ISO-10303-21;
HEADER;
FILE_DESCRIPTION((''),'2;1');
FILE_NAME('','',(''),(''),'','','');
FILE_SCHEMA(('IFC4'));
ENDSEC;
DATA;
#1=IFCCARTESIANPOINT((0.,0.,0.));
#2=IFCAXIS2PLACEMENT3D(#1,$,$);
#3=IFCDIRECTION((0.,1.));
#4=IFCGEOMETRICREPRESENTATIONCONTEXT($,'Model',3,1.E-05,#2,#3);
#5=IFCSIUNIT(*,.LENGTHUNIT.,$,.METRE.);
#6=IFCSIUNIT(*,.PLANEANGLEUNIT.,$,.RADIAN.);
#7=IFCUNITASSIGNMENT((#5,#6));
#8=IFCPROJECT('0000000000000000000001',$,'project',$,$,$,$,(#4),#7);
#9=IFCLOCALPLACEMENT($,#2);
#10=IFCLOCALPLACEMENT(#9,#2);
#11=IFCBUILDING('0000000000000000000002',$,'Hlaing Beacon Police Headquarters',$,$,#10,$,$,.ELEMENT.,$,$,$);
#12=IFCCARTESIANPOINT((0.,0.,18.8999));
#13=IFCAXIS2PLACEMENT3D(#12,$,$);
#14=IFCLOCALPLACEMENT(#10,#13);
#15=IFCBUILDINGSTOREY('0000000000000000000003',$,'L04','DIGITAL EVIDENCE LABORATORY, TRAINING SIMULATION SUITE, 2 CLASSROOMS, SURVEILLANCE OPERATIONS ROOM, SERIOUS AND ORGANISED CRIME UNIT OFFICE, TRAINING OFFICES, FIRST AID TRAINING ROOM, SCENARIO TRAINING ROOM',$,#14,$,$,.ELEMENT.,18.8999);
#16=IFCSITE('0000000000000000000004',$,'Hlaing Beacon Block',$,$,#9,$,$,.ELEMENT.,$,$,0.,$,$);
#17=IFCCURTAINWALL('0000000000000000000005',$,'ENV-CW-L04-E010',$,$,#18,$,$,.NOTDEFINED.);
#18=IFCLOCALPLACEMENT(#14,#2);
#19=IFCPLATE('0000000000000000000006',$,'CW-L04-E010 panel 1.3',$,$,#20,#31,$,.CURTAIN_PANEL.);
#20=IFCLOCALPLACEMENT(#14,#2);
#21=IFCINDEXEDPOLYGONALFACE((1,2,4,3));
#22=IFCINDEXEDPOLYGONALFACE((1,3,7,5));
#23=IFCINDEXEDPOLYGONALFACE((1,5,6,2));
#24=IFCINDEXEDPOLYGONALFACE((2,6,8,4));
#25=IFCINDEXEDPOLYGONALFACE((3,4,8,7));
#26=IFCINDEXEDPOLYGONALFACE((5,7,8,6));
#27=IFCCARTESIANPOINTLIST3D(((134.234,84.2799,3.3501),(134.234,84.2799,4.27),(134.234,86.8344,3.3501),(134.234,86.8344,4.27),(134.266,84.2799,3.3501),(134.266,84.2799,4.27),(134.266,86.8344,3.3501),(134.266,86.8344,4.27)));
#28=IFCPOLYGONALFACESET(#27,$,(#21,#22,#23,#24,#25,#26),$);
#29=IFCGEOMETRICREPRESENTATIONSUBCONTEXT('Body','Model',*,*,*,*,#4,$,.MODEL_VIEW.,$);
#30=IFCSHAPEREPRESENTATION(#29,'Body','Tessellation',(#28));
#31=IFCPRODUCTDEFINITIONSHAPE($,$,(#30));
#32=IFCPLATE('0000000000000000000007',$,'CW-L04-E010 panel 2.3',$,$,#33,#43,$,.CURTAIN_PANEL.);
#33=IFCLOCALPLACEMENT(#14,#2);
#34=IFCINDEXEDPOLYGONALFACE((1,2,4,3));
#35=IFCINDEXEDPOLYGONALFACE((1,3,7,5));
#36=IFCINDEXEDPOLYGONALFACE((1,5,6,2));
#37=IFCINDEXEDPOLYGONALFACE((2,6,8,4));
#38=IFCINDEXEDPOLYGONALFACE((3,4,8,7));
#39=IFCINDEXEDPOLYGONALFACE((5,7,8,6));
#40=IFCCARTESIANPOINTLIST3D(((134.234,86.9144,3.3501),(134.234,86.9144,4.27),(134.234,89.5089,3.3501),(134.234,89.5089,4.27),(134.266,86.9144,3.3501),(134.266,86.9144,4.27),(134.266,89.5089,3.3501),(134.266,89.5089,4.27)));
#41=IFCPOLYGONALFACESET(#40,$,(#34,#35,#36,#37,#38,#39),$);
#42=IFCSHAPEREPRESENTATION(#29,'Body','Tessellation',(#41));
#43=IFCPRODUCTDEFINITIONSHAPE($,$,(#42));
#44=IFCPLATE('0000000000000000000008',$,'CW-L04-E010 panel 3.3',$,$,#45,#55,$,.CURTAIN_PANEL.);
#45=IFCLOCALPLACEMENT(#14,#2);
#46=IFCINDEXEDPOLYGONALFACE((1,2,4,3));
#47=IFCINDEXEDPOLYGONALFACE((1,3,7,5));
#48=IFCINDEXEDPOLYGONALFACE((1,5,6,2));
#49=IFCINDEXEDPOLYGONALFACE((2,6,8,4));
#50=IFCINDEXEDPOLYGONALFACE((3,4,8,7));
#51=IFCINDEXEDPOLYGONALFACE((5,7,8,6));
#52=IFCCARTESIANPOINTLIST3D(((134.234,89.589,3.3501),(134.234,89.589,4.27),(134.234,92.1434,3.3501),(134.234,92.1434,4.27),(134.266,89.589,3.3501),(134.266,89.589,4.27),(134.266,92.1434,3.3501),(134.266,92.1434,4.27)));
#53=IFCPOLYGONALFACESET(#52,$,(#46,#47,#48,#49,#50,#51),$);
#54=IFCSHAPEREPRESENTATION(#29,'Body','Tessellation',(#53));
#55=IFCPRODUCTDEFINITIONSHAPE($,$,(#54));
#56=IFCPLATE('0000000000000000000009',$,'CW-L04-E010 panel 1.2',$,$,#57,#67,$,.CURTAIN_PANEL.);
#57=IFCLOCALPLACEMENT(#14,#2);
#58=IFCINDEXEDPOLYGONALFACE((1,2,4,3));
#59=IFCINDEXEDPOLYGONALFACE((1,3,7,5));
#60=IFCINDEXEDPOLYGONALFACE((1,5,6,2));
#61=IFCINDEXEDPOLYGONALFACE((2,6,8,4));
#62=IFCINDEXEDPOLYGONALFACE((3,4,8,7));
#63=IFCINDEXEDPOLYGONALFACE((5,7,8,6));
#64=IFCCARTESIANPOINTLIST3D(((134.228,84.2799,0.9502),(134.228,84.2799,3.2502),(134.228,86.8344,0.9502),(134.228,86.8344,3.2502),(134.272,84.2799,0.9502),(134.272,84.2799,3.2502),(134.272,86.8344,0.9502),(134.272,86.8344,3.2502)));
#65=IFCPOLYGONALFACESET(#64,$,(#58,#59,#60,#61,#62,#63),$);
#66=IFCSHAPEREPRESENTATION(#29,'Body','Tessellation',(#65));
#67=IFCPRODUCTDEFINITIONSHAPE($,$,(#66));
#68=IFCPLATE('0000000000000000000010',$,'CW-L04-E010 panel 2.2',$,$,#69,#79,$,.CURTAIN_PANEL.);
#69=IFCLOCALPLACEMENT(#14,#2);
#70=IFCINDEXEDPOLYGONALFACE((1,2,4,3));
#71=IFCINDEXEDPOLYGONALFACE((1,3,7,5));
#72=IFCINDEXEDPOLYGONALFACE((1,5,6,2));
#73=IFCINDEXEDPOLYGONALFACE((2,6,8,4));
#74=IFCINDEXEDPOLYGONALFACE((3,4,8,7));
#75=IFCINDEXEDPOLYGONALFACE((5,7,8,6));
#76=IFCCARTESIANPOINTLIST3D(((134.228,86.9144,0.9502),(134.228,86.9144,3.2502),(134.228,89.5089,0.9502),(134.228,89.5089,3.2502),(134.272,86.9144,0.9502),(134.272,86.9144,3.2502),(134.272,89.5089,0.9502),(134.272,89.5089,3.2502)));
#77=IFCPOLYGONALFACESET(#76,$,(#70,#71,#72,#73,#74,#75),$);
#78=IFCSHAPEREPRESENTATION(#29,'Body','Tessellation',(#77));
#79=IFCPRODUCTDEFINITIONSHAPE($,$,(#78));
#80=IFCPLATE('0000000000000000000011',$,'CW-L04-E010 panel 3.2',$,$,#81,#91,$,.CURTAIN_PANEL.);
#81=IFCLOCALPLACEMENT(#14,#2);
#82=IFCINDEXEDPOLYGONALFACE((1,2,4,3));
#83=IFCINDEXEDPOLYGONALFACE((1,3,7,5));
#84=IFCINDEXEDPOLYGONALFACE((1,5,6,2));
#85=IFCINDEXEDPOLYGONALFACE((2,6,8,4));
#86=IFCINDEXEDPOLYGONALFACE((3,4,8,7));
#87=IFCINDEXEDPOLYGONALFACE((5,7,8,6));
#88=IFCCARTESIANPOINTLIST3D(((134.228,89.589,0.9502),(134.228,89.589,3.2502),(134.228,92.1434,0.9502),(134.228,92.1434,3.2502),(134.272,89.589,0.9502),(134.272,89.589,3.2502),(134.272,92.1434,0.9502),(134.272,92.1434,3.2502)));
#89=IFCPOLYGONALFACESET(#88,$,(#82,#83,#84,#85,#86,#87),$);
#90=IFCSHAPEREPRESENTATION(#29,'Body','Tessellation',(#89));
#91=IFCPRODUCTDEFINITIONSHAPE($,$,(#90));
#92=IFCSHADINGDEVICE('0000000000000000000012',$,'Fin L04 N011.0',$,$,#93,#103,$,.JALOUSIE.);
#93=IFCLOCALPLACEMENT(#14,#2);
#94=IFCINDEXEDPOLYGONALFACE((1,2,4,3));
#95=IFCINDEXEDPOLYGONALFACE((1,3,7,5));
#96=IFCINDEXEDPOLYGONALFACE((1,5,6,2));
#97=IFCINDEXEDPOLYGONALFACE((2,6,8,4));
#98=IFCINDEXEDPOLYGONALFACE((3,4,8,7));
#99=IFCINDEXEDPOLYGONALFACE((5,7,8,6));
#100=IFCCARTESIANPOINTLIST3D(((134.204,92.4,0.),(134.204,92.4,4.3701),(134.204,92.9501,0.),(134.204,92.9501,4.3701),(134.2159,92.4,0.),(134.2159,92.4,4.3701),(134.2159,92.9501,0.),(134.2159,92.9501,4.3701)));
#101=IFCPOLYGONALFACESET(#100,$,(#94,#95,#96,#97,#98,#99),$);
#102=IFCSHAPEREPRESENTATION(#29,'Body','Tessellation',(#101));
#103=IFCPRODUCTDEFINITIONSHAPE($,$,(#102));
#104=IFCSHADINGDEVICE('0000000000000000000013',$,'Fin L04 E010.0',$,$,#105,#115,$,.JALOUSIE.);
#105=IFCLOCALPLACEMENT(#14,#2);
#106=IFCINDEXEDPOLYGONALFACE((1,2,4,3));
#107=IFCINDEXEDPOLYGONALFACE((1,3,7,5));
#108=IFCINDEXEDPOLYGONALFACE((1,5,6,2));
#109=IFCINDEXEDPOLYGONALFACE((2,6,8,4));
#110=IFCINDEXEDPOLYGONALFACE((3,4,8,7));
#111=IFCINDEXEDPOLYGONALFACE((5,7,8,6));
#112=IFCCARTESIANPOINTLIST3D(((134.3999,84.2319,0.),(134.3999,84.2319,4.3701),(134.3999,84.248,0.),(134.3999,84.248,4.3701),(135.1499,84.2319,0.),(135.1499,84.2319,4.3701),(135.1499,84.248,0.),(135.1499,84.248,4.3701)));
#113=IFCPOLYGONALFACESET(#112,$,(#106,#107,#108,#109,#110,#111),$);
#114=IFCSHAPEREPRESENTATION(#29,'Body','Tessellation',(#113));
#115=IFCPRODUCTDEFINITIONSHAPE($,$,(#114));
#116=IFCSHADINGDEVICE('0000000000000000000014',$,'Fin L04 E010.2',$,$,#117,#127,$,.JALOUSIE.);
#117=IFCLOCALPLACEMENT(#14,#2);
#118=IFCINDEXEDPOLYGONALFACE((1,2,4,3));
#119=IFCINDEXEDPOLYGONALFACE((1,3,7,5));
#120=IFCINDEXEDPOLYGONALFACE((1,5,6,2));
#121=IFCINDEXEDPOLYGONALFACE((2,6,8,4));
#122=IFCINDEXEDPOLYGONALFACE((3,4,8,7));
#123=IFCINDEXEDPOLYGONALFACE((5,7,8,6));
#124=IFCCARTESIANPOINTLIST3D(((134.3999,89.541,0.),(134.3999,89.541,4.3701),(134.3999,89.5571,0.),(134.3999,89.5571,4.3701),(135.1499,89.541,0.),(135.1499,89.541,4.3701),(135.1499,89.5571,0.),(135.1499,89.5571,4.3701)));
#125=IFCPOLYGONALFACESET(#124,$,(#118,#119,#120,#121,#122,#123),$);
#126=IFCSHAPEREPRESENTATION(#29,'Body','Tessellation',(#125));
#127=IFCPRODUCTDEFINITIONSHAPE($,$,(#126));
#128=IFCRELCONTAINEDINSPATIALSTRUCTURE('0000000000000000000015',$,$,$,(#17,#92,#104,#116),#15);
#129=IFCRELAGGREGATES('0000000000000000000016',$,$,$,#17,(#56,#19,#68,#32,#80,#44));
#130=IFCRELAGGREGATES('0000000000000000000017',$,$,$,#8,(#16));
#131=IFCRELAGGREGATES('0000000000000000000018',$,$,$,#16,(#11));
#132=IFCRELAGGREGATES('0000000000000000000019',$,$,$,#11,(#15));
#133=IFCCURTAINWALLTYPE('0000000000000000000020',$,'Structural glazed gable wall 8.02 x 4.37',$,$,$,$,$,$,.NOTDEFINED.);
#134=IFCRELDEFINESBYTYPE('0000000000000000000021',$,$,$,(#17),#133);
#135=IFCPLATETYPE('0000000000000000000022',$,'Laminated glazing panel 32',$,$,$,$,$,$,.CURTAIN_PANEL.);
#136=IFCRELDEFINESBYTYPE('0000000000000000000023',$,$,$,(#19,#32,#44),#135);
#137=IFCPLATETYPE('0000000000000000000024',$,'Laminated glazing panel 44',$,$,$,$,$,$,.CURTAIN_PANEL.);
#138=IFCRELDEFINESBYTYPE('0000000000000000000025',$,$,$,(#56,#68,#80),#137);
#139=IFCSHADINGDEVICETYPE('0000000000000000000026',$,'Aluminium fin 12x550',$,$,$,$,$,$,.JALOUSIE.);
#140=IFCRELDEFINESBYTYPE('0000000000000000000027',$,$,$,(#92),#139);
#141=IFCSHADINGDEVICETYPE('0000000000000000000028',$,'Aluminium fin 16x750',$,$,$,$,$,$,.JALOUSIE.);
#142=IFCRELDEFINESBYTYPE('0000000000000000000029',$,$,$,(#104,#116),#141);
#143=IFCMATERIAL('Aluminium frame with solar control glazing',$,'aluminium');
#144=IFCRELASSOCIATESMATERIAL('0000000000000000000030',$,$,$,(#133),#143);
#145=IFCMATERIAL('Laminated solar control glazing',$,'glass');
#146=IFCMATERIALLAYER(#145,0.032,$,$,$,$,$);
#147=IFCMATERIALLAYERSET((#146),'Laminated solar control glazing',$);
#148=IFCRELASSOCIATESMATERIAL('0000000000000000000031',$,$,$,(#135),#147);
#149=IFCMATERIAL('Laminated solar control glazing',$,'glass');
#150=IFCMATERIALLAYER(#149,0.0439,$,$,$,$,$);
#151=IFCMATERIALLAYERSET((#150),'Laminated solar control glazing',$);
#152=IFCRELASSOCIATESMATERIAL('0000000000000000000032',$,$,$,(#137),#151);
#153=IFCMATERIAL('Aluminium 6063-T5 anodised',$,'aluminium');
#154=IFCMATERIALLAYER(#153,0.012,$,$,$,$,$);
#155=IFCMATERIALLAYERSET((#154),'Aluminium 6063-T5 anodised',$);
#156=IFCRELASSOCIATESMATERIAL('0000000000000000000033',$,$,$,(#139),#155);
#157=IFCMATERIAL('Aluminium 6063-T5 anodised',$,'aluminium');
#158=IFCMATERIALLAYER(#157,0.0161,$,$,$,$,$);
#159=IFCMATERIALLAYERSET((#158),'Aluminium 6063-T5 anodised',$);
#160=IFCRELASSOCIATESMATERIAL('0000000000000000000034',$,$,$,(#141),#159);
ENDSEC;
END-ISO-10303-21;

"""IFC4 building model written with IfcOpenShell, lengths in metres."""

from ifc_helpers import new_model, si_unit, direction, frame, origin, origin_2d, place, context, subcontext, project, spatial, rectangle, extrude, material, layer, layer_set, type_object, element, aggregate, save


model = new_model("IFC4")

# Units and contexts
model_context = context("Model", 3, precision=1e-05, world=origin(), true_north=direction((0.0, 1.0)))
body_context = subcontext(model_context, "Body", "Model", "MODEL_VIEW")
ifc_project = project(units=[si_unit("LENGTHUNIT", "METRE"), si_unit("PLANEANGLEUNIT", "RADIAN")], contexts=[model_context])

# Site, building, storey
site_placement = place(None, origin())
site = spatial("IfcSite", under=ifc_project, at=site_placement, Name="Hlaing Beacon Block", CompositionType="ELEMENT", RefElevation=0.0)
building_placement = place(site_placement, origin())
building = spatial("IfcBuilding", under=site, at=building_placement, Name="Hlaing Beacon Police Headquarters", CompositionType="ELEMENT")
storey_placement = place(building_placement, frame((0.0, 0.0, 18.8999)))
storey = spatial("IfcBuildingStorey", under=building, at=storey_placement, Name="L04", Description="DIGITAL EVIDENCE LABORATORY, TRAINING SIMULATION SUITE, 2 CLASSROOMS, SURVEILLANCE OPERATIONS ROOM, SERIOUS AND ORGANISED CRIME UNIT OFFICE, TRAINING OFFICES, FIRST AID TRAINING ROOM, SCENARIO TRAINING ROOM", CompositionType="ELEMENT", Elevation=18.8999)

# Curtain wall
ifc_material_1 = material(Name="Aluminium frame with solar control glazing", Category="aluminium")
curtain_wall_type_1 = type_object("IfcCurtainWallType", Name="Structural glazed gable wall 8.02 x 4.37", PredefinedType="NOTDEFINED", material=ifc_material_1)
curtain_wall_1_placement = place(storey_placement, origin())
curtain_wall_1 = element("IfcCurtainWall", 1, at=curtain_wall_1_placement, inside=storey, type_object=curtain_wall_type_1, Name="ENV-CW-L04-E010", PredefinedType="NOTDEFINED")

# Plates
ifc_material_2 = material(Name="Laminated solar control glazing", Category="glass")
ifc_layer_1 = layer(ifc_material_2, 0.032)
ifc_layer_set_1 = layer_set([ifc_layer_1], Name="Laminated solar control glazing")
plate_type_1 = type_object("IfcPlateType", Name="Laminated glazing panel 32", PredefinedType="CURTAIN_PANEL", material=ifc_layer_set_1)
plate_1_placement = place(storey_placement, frame((134.25, 85.5571, 3.3501), z_axis=(0.0, 0.0, 1.0), x_axis=(0.0, 1.0, 0.0)))
plate_1 = element("IfcPlate", 2, at=plate_1_placement, type_object=plate_type_1, Name="CW-L04-E010 panel 1.3", PredefinedType="CURTAIN_PANEL", context=body_context, shape_type="SweptSolid", body=[
    extrude(rectangle(XDim=2.5544, YDim=0.032, at=origin_2d()), origin(), (0.0, 0.0, 1.0), 0.9199),
])
plate_2_placement = place(storey_placement, frame((134.25, 88.2117, 3.3501), z_axis=(0.0, 0.0, 1.0), x_axis=(0.0, 1.0, 0.0)))
plate_2 = element("IfcPlate", 3, at=plate_2_placement, type_object=plate_type_1, Name="CW-L04-E010 panel 2.3", PredefinedType="CURTAIN_PANEL", context=body_context, shape_type="SweptSolid", body=[
    extrude(rectangle(XDim=2.5945, YDim=0.032, at=origin_2d()), origin(), (0.0, 0.0, 1.0), 0.9199),
])
plate_3_placement = place(storey_placement, frame((134.25, 90.8662, 3.3501), z_axis=(0.0, 0.0, 1.0), x_axis=(0.0, 1.0, 0.0)))
plate_3 = element("IfcPlate", 4, at=plate_3_placement, type_object=plate_type_1, Name="CW-L04-E010 panel 3.3", PredefinedType="CURTAIN_PANEL", context=body_context, shape_type="SweptSolid", body=[
    extrude(rectangle(XDim=2.5544, YDim=0.032, at=origin_2d()), origin(), (0.0, 0.0, 1.0), 0.9199),
])
ifc_material_3 = material(Name="Laminated solar control glazing", Category="glass")
ifc_layer_2 = layer(ifc_material_3, 0.0439)
ifc_layer_set_2 = layer_set([ifc_layer_2], Name="Laminated solar control glazing")
plate_type_2 = type_object("IfcPlateType", Name="Laminated glazing panel 44", PredefinedType="CURTAIN_PANEL", material=ifc_layer_set_2)
plate_4_placement = place(storey_placement, frame((134.25, 85.5571, 0.9502), z_axis=(0.0, 0.0, 1.0), x_axis=(0.0, 1.0, 0.0)))
plate_4 = element("IfcPlate", 5, at=plate_4_placement, type_object=plate_type_2, Name="CW-L04-E010 panel 1.2", PredefinedType="CURTAIN_PANEL", context=body_context, shape_type="SweptSolid", body=[
    extrude(rectangle(XDim=2.5544, YDim=0.0439, at=origin_2d()), origin(), (0.0, 0.0, 1.0), 2.3),
])
plate_5_placement = place(storey_placement, frame((134.25, 88.2117, 0.9502), z_axis=(0.0, 0.0, 1.0), x_axis=(0.0, 1.0, 0.0)))
plate_5 = element("IfcPlate", 6, at=plate_5_placement, type_object=plate_type_2, Name="CW-L04-E010 panel 2.2", PredefinedType="CURTAIN_PANEL", context=body_context, shape_type="SweptSolid", body=[
    extrude(rectangle(XDim=2.5945, YDim=0.0439, at=origin_2d()), origin(), (0.0, 0.0, 1.0), 2.3),
])
plate_6_placement = place(storey_placement, frame((134.25, 90.8662, 0.9502), z_axis=(0.0, 0.0, 1.0), x_axis=(0.0, 1.0, 0.0)))
plate_6 = element("IfcPlate", 7, at=plate_6_placement, type_object=plate_type_2, Name="CW-L04-E010 panel 3.2", PredefinedType="CURTAIN_PANEL", context=body_context, shape_type="SweptSolid", body=[
    extrude(rectangle(XDim=2.5544, YDim=0.0439, at=origin_2d()), origin(), (0.0, 0.0, 1.0), 2.3),
])
aggregate(curtain_wall_1, [plate_4, plate_1, plate_5, plate_2, plate_6, plate_3])

# Shading devices
ifc_material_4 = material(Name="Aluminium 6063-T5 anodised", Category="aluminium")
ifc_layer_3 = layer(ifc_material_4, 0.012)
ifc_layer_set_3 = layer_set([ifc_layer_3], Name="Aluminium 6063-T5 anodised")
shading_device_type_1 = type_object("IfcShadingDeviceType", Name="Aluminium fin 12x550", PredefinedType="JALOUSIE", material=ifc_layer_set_3)
shading_device_placement = place(storey_placement, frame((134.21, 92.675, 0.0), z_axis=(0.0, 0.0, 1.0), x_axis=(-1.0, 0.0, 0.0)))
element("IfcShadingDevice", 8, at=shading_device_placement, inside=storey, type_object=shading_device_type_1, Name="Fin L04 N011.0", PredefinedType="JALOUSIE", context=body_context, shape_type="SweptSolid", body=[
    extrude(rectangle(XDim=0.012, YDim=0.55, at=origin_2d()), origin(), (0.0, 0.0, 1.0), 4.3701),
])
ifc_material_5 = material(Name="Aluminium 6063-T5 anodised", Category="aluminium")
ifc_layer_4 = layer(ifc_material_5, 0.0161)
ifc_layer_set_4 = layer_set([ifc_layer_4], Name="Aluminium 6063-T5 anodised")
shading_device_type_2 = type_object("IfcShadingDeviceType", Name="Aluminium fin 16x750", PredefinedType="JALOUSIE", material=ifc_layer_set_4)
for number, where, z_axis, x_axis, name in (
    (9, (134.7749, 84.24, 0.0), (0.0, 0.0, 1.0), (0.0, 1.0, 0.0), "Fin L04 E010.0"),
    (10, (134.7749, 89.5491, 0.0), (0.0, 0.0, 1.0), (0.0, 1.0, 0.0), "Fin L04 E010.2"),
):
    element("IfcShadingDevice", number, at=place(storey_placement, frame(where, z_axis=z_axis, x_axis=x_axis)), inside=storey, type_object=shading_device_type_2, Name=name, PredefinedType="JALOUSIE", context=body_context, shape_type="SweptSolid", body=[
        extrude(rectangle(XDim=0.0161, YDim=0.75, at=origin_2d()), origin(), (0.0, 0.0, 1.0), 4.3701),
    ])

save(model, "model.ifc")
